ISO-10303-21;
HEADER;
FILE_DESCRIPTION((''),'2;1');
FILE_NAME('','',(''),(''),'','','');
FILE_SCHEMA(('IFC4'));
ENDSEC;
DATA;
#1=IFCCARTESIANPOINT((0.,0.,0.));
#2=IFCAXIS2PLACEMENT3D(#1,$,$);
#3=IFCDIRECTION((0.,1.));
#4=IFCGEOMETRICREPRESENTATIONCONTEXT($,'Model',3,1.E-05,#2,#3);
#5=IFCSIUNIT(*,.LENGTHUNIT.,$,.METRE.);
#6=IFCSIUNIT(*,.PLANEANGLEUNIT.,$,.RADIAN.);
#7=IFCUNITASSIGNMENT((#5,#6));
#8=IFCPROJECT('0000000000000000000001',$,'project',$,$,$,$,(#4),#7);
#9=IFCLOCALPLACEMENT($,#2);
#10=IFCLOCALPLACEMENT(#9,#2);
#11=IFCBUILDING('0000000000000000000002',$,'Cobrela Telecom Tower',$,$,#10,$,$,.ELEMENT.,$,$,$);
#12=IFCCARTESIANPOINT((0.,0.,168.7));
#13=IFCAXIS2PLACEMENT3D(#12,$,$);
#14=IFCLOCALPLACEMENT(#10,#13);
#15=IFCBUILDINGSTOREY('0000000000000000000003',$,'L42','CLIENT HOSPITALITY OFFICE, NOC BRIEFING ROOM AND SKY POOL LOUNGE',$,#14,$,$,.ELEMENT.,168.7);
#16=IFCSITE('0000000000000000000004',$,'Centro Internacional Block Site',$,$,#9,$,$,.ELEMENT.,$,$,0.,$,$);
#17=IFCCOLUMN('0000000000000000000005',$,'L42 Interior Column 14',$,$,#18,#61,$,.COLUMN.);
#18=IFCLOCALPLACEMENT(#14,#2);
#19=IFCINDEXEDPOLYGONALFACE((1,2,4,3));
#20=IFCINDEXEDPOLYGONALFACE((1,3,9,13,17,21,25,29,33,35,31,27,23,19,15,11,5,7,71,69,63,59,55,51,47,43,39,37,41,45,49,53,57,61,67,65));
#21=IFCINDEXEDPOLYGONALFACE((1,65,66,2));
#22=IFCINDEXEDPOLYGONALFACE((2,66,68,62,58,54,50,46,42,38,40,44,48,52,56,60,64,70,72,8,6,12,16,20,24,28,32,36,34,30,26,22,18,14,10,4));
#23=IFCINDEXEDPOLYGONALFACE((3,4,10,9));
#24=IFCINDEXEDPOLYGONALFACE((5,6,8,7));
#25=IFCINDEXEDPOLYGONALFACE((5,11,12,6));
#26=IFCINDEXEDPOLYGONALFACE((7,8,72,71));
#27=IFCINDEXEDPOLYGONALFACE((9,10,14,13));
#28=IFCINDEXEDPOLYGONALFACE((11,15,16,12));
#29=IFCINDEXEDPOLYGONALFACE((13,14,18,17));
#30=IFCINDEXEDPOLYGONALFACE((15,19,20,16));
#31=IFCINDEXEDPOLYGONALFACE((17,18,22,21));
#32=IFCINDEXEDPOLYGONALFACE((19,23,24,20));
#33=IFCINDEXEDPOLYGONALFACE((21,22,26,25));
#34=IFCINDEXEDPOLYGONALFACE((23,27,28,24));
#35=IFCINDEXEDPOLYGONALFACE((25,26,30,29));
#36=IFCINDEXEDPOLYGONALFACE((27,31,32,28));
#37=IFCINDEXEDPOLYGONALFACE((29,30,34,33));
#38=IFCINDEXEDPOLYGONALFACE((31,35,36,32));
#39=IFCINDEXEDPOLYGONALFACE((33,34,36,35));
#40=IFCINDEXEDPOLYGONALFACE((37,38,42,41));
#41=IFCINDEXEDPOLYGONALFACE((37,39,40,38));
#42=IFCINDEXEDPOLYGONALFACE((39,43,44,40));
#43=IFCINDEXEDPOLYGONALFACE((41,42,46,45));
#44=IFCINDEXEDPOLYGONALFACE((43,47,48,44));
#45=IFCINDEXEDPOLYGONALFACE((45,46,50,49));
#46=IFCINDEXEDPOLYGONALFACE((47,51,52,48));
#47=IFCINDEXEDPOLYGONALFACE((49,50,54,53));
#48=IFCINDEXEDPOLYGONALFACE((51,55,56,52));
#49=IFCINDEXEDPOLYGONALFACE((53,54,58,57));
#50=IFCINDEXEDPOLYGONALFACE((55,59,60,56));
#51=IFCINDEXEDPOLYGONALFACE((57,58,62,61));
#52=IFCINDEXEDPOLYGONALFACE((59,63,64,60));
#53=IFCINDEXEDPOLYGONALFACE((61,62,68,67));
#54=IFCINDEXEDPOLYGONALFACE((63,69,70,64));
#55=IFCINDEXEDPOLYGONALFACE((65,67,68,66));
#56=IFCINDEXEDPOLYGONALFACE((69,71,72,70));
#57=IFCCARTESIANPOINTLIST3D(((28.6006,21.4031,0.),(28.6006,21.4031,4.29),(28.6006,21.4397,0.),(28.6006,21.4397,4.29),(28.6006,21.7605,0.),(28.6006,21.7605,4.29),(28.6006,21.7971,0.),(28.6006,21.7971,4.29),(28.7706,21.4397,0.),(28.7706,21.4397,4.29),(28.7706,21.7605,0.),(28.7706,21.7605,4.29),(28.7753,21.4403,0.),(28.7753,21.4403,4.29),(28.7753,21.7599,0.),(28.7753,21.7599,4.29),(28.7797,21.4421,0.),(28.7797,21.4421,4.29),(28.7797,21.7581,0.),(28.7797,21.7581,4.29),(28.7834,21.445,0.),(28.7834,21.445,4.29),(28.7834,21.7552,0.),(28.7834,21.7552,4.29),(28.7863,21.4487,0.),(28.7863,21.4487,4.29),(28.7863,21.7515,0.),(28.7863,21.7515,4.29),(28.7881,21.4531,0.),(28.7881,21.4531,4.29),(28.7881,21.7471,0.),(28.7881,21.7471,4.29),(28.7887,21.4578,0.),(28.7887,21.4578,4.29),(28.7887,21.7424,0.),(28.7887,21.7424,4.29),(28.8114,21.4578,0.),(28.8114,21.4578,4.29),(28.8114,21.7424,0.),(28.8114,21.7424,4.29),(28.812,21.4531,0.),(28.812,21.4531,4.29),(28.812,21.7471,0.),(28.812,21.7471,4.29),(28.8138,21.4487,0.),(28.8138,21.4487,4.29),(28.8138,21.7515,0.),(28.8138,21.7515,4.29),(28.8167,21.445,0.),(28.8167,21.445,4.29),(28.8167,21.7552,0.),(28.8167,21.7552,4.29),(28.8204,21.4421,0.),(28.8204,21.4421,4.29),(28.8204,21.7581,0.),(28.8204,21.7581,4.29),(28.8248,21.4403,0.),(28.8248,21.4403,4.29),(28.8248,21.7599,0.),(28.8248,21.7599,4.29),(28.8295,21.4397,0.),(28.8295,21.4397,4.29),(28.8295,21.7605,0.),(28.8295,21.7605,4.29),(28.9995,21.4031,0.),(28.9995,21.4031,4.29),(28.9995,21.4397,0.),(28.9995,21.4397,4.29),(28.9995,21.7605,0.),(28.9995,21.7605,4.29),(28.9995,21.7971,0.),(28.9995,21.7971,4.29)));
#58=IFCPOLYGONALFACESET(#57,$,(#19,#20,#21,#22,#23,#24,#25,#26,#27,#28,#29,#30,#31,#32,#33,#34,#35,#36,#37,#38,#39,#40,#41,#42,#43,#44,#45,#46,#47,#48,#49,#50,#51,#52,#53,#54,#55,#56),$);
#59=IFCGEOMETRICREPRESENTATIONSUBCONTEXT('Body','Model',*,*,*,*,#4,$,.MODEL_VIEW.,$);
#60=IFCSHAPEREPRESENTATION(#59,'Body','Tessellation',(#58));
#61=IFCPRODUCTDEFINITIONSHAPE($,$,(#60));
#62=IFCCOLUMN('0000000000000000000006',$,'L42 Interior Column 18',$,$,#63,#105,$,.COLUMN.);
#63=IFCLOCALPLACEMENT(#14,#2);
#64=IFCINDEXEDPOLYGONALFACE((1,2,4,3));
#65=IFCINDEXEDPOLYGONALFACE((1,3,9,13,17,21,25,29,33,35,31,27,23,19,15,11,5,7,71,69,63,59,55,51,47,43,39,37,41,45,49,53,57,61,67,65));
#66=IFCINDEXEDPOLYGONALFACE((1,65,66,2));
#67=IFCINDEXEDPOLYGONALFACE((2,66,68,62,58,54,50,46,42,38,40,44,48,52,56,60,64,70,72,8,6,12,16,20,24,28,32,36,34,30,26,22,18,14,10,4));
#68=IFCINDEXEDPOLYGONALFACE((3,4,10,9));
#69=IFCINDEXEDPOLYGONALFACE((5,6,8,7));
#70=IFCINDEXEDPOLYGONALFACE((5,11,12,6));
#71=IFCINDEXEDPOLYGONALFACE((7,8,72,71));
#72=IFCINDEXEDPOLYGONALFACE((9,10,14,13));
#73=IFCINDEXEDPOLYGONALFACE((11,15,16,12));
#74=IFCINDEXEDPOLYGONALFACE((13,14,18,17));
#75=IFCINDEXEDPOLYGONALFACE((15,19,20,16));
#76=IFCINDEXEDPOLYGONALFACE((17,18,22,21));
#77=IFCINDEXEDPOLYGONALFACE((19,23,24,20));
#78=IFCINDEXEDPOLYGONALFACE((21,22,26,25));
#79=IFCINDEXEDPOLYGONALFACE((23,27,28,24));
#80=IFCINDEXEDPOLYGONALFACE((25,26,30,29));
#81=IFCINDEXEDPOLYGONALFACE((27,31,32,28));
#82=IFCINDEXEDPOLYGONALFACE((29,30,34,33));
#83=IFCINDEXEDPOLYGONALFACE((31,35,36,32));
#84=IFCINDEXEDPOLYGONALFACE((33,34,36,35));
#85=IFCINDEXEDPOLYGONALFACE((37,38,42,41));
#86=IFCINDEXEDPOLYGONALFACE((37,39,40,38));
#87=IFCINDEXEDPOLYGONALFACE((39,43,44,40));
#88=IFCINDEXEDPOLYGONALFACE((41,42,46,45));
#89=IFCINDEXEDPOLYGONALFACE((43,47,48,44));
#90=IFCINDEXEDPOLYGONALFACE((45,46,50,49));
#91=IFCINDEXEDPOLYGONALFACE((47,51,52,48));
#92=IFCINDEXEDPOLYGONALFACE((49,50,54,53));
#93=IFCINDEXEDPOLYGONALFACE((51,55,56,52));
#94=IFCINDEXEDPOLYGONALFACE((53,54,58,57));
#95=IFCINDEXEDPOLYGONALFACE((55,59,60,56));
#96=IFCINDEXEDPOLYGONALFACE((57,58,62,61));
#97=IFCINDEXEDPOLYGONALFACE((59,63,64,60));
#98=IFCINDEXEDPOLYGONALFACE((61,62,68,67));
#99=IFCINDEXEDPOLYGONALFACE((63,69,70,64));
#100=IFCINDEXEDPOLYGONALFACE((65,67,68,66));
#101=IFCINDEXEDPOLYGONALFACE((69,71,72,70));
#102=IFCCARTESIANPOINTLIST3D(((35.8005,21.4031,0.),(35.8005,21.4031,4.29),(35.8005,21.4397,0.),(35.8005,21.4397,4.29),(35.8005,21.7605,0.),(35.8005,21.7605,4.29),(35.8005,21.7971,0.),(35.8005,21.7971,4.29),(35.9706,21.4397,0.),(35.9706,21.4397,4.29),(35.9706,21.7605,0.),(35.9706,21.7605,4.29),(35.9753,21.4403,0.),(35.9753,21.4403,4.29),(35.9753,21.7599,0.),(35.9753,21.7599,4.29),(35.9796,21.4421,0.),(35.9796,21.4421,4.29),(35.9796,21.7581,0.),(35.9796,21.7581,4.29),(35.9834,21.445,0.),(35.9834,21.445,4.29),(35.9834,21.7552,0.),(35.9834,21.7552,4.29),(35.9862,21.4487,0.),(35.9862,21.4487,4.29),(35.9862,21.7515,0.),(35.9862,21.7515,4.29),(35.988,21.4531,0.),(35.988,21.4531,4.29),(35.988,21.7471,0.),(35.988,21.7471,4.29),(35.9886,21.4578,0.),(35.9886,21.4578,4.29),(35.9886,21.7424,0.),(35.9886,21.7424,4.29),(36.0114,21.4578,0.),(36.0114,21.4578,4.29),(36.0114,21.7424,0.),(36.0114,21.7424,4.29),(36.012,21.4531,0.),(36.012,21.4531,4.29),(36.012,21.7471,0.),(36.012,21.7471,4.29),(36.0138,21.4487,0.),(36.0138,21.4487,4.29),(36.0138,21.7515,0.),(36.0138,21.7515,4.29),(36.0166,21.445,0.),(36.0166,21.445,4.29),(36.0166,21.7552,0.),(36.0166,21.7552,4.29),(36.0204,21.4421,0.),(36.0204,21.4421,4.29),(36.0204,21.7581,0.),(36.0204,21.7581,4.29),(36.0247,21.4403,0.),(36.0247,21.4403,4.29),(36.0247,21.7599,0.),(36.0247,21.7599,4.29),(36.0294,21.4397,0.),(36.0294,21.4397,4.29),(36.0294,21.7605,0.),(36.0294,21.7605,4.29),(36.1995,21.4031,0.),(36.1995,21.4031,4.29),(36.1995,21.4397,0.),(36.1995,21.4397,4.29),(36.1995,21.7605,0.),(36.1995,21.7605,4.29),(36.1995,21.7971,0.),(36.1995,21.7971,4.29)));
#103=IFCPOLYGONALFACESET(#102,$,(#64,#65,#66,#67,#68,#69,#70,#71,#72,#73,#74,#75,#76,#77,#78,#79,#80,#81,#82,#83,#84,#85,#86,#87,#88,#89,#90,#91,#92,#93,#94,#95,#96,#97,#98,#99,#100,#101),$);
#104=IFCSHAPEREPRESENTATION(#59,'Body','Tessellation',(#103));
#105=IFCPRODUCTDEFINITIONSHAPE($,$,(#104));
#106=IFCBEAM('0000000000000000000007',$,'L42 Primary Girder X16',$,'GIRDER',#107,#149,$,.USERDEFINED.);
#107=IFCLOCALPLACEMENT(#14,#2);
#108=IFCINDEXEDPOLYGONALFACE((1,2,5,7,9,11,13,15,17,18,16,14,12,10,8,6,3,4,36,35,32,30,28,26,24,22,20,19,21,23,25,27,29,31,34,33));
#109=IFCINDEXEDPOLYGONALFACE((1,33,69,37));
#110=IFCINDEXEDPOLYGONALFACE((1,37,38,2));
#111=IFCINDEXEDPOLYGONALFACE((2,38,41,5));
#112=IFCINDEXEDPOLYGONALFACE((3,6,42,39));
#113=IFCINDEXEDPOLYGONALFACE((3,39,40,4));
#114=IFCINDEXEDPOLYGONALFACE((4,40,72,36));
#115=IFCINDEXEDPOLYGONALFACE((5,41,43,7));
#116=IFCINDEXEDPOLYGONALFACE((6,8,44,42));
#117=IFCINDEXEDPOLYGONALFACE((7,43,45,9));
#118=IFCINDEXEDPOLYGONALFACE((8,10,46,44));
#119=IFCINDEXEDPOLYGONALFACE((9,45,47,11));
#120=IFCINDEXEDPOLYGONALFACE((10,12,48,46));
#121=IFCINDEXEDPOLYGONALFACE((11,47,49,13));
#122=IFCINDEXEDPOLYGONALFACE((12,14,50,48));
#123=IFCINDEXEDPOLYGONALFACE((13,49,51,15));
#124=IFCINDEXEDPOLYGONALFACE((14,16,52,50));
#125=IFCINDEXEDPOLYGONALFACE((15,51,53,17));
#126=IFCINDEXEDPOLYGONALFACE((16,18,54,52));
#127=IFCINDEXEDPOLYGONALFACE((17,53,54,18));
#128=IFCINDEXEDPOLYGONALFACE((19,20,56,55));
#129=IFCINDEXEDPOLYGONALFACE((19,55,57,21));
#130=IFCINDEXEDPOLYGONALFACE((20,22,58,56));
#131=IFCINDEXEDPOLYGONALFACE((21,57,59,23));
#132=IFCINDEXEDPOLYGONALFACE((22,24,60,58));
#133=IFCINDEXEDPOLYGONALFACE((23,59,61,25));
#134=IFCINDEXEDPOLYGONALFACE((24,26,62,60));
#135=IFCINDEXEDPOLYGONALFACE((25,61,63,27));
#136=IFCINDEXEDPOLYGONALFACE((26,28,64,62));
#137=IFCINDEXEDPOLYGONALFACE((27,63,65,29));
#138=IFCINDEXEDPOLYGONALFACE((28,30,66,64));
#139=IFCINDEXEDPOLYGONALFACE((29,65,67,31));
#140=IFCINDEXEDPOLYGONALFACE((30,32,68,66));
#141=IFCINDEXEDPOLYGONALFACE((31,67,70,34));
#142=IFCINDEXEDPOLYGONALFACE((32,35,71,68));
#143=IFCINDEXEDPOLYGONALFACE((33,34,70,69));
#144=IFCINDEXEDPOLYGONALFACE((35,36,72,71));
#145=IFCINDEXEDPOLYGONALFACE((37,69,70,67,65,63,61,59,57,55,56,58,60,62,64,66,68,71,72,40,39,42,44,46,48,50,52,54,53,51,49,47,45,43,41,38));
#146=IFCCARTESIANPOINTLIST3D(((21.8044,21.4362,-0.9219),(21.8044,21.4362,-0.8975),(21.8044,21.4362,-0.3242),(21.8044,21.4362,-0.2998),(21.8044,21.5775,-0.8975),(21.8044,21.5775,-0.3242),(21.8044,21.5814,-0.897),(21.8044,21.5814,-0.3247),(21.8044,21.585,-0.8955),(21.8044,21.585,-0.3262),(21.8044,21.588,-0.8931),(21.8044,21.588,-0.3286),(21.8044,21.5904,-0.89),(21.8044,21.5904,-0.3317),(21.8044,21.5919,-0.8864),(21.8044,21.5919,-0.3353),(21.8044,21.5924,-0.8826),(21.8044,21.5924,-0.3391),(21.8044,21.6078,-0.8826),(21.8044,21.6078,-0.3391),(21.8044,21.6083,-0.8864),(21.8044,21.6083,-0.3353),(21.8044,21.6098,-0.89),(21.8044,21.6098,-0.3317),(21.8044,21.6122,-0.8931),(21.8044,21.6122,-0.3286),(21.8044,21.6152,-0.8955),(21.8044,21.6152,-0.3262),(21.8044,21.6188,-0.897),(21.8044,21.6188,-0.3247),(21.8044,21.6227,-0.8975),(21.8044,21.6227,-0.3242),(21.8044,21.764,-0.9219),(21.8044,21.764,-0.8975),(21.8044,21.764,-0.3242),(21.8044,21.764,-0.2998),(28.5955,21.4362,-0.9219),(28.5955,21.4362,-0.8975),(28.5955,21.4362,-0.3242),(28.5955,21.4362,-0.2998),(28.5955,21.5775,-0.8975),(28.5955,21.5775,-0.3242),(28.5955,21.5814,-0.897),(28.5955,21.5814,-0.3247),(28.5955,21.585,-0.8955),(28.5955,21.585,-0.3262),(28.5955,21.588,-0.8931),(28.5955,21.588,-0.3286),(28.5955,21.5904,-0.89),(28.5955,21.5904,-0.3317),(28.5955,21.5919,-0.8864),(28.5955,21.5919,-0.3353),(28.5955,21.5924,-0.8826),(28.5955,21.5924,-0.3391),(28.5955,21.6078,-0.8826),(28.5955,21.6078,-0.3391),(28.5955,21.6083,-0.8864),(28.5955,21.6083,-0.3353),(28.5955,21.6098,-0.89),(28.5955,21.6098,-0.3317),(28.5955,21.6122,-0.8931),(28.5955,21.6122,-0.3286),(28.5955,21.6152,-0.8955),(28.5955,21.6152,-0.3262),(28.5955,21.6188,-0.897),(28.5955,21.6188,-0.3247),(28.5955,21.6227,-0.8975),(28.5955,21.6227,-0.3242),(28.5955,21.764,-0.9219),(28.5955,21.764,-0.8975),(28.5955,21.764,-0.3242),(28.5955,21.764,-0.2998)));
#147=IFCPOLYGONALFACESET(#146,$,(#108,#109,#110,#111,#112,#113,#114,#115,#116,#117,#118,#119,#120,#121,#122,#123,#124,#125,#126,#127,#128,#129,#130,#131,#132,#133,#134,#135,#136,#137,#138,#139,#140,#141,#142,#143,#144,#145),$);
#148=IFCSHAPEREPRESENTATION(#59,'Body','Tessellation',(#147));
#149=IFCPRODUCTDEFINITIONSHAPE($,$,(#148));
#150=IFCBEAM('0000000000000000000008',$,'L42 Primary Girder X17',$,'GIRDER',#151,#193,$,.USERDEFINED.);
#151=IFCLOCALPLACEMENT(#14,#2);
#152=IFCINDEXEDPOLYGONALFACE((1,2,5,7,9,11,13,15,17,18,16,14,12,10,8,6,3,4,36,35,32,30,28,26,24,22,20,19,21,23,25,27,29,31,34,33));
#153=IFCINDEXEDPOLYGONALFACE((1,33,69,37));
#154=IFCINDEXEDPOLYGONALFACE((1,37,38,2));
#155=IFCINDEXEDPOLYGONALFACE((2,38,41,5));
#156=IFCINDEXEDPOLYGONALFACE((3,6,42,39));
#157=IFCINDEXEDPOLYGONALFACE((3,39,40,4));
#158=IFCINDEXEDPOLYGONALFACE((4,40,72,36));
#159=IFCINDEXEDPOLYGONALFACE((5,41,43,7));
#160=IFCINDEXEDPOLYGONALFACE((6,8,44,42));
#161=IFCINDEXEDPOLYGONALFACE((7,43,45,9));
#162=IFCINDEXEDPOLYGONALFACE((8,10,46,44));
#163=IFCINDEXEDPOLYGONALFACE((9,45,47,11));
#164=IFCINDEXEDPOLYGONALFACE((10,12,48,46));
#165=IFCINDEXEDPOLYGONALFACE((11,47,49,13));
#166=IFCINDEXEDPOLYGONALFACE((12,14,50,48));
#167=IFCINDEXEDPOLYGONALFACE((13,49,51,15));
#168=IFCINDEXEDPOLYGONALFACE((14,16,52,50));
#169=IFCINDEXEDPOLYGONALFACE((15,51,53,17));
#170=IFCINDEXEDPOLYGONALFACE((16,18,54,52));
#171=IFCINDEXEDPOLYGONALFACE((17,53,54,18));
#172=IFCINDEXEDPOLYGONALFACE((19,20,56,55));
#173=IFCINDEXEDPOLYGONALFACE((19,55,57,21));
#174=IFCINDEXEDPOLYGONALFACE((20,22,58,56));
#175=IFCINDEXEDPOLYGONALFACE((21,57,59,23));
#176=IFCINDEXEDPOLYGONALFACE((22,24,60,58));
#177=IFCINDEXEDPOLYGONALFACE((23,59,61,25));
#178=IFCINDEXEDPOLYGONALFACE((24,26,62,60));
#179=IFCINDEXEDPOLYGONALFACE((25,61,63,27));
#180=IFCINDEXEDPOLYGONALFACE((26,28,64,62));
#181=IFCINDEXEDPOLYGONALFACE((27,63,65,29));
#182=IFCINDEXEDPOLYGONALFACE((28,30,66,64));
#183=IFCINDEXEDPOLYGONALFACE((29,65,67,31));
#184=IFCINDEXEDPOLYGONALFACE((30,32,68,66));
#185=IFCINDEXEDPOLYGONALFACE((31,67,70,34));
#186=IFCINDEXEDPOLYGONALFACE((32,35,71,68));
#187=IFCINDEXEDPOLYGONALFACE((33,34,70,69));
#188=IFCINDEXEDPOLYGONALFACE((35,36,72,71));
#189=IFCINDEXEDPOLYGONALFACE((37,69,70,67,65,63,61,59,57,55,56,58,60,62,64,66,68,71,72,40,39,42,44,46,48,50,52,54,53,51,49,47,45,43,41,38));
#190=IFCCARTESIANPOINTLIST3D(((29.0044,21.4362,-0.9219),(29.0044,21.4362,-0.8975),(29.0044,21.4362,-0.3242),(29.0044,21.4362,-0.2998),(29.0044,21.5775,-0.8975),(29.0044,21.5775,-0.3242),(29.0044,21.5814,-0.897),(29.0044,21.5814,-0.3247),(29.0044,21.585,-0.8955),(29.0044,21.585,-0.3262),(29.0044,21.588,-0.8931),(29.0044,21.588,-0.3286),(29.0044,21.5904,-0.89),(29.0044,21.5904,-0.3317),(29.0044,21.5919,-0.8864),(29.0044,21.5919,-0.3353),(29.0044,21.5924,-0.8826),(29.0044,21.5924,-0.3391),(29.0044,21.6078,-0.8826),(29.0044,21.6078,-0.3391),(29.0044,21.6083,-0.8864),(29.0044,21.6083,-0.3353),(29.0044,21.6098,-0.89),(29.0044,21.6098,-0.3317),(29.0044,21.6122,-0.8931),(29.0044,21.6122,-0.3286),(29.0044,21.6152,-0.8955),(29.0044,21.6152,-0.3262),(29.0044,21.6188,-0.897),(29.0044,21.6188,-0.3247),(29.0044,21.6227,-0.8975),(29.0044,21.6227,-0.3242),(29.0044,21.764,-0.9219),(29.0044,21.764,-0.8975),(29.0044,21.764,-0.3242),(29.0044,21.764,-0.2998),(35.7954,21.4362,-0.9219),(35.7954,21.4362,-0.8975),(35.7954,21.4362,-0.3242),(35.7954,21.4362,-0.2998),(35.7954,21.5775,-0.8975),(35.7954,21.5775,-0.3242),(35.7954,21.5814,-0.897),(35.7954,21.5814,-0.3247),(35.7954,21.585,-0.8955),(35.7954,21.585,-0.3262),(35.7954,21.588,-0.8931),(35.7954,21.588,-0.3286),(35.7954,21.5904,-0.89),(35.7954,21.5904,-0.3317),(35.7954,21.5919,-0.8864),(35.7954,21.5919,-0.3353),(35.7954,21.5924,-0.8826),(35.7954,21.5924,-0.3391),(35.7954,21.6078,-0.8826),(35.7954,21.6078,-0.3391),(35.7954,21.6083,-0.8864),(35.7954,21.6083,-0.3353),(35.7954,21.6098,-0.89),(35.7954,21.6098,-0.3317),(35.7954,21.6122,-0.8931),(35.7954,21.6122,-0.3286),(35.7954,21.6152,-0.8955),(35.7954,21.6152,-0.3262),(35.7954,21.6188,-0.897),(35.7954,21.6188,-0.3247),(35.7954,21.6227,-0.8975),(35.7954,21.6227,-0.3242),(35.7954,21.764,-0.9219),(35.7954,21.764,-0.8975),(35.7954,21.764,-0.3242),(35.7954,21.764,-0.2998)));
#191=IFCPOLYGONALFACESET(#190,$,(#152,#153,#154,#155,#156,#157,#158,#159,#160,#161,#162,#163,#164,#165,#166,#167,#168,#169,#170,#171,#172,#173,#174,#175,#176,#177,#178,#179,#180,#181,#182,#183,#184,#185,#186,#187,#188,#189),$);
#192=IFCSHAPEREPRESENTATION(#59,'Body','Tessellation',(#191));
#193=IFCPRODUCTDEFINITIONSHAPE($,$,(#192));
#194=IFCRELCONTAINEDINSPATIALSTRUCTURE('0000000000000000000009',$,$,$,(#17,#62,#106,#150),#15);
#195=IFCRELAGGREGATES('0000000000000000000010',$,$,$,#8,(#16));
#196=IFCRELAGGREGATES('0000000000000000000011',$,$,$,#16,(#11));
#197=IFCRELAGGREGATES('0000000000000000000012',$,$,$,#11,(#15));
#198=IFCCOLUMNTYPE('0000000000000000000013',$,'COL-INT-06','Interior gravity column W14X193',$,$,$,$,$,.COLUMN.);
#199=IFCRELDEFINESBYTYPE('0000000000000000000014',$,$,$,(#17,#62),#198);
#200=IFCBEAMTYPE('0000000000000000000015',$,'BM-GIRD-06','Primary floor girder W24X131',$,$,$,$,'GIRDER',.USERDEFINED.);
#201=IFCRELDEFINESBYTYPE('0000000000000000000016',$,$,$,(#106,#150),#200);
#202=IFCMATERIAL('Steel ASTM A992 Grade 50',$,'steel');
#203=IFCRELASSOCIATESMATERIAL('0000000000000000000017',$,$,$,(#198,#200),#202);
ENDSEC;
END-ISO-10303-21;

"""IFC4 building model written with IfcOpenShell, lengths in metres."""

from ifc_helpers import new_model, si_unit, direction, frame, origin, origin_2d, place, context, subcontext, project, spatial, i_section, extrude, material, material_profile, profile_set, type_object, element, save


model = new_model("IFC4")

# Units and contexts
model_context = context("Model", 3, precision=1e-05, world=origin(), true_north=direction((0.0, 1.0)))
body_context = subcontext(model_context, "Body", "Model", "MODEL_VIEW")
ifc_project = project(units=[si_unit("LENGTHUNIT", "METRE"), si_unit("PLANEANGLEUNIT", "RADIAN")], contexts=[model_context])

# Site, building, storey
site_placement = place(None, origin())
site = spatial("IfcSite", under=ifc_project, at=site_placement, Name="Centro Internacional Block Site", CompositionType="ELEMENT", RefElevation=0.0)
building_placement = place(site_placement, origin())
building = spatial("IfcBuilding", under=site, at=building_placement, Name="Cobrela Telecom Tower", CompositionType="ELEMENT")
storey_placement = place(building_placement, frame((0.0, 0.0, 168.7)))
storey = spatial("IfcBuildingStorey", under=building, at=storey_placement, Name="L42", Description="CLIENT HOSPITALITY OFFICE, NOC BRIEFING ROOM AND SKY POOL LOUNGE", CompositionType="ELEMENT", Elevation=168.7)

# Columns
ifc_material_1 = material(Name="Steel ASTM A992 Grade 50", Category="steel")
ifc_material_profile_1 = material_profile(ifc_material_1, i_section(OverallWidth=0.3989, OverallDepth=0.394, WebThickness=0.0227, FlangeThickness=0.0366, FilletRadius=0.0181, at=origin_2d()), Name="W14X193")
ifc_profile_set_1 = profile_set([ifc_material_profile_1], Name="Steel ASTM A992 Grade 50")
column_type = type_object("IfcColumnType", Name="COL-INT-06", Description="Interior gravity column W14X193", PredefinedType="COLUMN", material=ifc_profile_set_1)
for number, where, z_axis, x_axis, name in (
    (1, (28.8, 21.6001, 0.0), (0.0, 0.0, 1.0), (1.0, 0.0, 0.0), "L42 Interior Column 14"),
    (2, (36.0, 21.6001, 0.0), (0.0, 0.0, 1.0), (1.0, 0.0, 0.0), "L42 Interior Column 18"),
):
    element("IfcColumn", number, at=place(storey_placement, frame(where, z_axis=z_axis, x_axis=x_axis)), inside=storey, type_object=column_type, Name=name, PredefinedType="COLUMN", context=body_context, shape_type="SweptSolid", body=[
        extrude(i_section(OverallWidth=0.3989, OverallDepth=0.394, WebThickness=0.0227, FlangeThickness=0.0366, FilletRadius=0.0181, at=origin_2d()), origin(), (0.0, 0.0, 1.0), 4.29),
    ])

# Beams
ifc_material_profile_2 = material_profile(ifc_material_1, i_section(OverallWidth=0.3279, OverallDepth=0.6221, WebThickness=0.0154, FlangeThickness=0.0244, FilletRadius=0.0149, at=origin_2d()), Name="W24X131")
ifc_profile_set_2 = profile_set([ifc_material_profile_2], Name="Steel ASTM A992 Grade 50")
beam_type_1 = type_object("IfcBeamType", Name="BM-GIRD-06", Description="Primary floor girder W24X131", ElementType="GIRDER", PredefinedType="USERDEFINED", material=ifc_profile_set_2)
for number, where, z_axis, x_axis, name in (
    (3, (21.8044, 21.6001, -0.6108), (1.0, 0.0, 0.0), (0.0, 1.0, 0.0), "L42 Primary Girder X16"),
    (4, (29.0044, 21.6001, -0.6108), (1.0, 0.0, 0.0), (0.0, 1.0, 0.0), "L42 Primary Girder X17"),
):
    element("IfcBeam", number, at=place(storey_placement, frame(where, z_axis=z_axis, x_axis=x_axis)), inside=storey, type_object=beam_type_1, Name=name, ObjectType="GIRDER", PredefinedType="USERDEFINED", context=body_context, shape_type="SweptSolid", body=[
        extrude(i_section(OverallWidth=0.3279, OverallDepth=0.6221, WebThickness=0.0154, FlangeThickness=0.0244, FilletRadius=0.0149, at=origin_2d()), origin(), (0.0, 0.0, 1.0), 6.791),
    ])

save(model, "model.ifc")
